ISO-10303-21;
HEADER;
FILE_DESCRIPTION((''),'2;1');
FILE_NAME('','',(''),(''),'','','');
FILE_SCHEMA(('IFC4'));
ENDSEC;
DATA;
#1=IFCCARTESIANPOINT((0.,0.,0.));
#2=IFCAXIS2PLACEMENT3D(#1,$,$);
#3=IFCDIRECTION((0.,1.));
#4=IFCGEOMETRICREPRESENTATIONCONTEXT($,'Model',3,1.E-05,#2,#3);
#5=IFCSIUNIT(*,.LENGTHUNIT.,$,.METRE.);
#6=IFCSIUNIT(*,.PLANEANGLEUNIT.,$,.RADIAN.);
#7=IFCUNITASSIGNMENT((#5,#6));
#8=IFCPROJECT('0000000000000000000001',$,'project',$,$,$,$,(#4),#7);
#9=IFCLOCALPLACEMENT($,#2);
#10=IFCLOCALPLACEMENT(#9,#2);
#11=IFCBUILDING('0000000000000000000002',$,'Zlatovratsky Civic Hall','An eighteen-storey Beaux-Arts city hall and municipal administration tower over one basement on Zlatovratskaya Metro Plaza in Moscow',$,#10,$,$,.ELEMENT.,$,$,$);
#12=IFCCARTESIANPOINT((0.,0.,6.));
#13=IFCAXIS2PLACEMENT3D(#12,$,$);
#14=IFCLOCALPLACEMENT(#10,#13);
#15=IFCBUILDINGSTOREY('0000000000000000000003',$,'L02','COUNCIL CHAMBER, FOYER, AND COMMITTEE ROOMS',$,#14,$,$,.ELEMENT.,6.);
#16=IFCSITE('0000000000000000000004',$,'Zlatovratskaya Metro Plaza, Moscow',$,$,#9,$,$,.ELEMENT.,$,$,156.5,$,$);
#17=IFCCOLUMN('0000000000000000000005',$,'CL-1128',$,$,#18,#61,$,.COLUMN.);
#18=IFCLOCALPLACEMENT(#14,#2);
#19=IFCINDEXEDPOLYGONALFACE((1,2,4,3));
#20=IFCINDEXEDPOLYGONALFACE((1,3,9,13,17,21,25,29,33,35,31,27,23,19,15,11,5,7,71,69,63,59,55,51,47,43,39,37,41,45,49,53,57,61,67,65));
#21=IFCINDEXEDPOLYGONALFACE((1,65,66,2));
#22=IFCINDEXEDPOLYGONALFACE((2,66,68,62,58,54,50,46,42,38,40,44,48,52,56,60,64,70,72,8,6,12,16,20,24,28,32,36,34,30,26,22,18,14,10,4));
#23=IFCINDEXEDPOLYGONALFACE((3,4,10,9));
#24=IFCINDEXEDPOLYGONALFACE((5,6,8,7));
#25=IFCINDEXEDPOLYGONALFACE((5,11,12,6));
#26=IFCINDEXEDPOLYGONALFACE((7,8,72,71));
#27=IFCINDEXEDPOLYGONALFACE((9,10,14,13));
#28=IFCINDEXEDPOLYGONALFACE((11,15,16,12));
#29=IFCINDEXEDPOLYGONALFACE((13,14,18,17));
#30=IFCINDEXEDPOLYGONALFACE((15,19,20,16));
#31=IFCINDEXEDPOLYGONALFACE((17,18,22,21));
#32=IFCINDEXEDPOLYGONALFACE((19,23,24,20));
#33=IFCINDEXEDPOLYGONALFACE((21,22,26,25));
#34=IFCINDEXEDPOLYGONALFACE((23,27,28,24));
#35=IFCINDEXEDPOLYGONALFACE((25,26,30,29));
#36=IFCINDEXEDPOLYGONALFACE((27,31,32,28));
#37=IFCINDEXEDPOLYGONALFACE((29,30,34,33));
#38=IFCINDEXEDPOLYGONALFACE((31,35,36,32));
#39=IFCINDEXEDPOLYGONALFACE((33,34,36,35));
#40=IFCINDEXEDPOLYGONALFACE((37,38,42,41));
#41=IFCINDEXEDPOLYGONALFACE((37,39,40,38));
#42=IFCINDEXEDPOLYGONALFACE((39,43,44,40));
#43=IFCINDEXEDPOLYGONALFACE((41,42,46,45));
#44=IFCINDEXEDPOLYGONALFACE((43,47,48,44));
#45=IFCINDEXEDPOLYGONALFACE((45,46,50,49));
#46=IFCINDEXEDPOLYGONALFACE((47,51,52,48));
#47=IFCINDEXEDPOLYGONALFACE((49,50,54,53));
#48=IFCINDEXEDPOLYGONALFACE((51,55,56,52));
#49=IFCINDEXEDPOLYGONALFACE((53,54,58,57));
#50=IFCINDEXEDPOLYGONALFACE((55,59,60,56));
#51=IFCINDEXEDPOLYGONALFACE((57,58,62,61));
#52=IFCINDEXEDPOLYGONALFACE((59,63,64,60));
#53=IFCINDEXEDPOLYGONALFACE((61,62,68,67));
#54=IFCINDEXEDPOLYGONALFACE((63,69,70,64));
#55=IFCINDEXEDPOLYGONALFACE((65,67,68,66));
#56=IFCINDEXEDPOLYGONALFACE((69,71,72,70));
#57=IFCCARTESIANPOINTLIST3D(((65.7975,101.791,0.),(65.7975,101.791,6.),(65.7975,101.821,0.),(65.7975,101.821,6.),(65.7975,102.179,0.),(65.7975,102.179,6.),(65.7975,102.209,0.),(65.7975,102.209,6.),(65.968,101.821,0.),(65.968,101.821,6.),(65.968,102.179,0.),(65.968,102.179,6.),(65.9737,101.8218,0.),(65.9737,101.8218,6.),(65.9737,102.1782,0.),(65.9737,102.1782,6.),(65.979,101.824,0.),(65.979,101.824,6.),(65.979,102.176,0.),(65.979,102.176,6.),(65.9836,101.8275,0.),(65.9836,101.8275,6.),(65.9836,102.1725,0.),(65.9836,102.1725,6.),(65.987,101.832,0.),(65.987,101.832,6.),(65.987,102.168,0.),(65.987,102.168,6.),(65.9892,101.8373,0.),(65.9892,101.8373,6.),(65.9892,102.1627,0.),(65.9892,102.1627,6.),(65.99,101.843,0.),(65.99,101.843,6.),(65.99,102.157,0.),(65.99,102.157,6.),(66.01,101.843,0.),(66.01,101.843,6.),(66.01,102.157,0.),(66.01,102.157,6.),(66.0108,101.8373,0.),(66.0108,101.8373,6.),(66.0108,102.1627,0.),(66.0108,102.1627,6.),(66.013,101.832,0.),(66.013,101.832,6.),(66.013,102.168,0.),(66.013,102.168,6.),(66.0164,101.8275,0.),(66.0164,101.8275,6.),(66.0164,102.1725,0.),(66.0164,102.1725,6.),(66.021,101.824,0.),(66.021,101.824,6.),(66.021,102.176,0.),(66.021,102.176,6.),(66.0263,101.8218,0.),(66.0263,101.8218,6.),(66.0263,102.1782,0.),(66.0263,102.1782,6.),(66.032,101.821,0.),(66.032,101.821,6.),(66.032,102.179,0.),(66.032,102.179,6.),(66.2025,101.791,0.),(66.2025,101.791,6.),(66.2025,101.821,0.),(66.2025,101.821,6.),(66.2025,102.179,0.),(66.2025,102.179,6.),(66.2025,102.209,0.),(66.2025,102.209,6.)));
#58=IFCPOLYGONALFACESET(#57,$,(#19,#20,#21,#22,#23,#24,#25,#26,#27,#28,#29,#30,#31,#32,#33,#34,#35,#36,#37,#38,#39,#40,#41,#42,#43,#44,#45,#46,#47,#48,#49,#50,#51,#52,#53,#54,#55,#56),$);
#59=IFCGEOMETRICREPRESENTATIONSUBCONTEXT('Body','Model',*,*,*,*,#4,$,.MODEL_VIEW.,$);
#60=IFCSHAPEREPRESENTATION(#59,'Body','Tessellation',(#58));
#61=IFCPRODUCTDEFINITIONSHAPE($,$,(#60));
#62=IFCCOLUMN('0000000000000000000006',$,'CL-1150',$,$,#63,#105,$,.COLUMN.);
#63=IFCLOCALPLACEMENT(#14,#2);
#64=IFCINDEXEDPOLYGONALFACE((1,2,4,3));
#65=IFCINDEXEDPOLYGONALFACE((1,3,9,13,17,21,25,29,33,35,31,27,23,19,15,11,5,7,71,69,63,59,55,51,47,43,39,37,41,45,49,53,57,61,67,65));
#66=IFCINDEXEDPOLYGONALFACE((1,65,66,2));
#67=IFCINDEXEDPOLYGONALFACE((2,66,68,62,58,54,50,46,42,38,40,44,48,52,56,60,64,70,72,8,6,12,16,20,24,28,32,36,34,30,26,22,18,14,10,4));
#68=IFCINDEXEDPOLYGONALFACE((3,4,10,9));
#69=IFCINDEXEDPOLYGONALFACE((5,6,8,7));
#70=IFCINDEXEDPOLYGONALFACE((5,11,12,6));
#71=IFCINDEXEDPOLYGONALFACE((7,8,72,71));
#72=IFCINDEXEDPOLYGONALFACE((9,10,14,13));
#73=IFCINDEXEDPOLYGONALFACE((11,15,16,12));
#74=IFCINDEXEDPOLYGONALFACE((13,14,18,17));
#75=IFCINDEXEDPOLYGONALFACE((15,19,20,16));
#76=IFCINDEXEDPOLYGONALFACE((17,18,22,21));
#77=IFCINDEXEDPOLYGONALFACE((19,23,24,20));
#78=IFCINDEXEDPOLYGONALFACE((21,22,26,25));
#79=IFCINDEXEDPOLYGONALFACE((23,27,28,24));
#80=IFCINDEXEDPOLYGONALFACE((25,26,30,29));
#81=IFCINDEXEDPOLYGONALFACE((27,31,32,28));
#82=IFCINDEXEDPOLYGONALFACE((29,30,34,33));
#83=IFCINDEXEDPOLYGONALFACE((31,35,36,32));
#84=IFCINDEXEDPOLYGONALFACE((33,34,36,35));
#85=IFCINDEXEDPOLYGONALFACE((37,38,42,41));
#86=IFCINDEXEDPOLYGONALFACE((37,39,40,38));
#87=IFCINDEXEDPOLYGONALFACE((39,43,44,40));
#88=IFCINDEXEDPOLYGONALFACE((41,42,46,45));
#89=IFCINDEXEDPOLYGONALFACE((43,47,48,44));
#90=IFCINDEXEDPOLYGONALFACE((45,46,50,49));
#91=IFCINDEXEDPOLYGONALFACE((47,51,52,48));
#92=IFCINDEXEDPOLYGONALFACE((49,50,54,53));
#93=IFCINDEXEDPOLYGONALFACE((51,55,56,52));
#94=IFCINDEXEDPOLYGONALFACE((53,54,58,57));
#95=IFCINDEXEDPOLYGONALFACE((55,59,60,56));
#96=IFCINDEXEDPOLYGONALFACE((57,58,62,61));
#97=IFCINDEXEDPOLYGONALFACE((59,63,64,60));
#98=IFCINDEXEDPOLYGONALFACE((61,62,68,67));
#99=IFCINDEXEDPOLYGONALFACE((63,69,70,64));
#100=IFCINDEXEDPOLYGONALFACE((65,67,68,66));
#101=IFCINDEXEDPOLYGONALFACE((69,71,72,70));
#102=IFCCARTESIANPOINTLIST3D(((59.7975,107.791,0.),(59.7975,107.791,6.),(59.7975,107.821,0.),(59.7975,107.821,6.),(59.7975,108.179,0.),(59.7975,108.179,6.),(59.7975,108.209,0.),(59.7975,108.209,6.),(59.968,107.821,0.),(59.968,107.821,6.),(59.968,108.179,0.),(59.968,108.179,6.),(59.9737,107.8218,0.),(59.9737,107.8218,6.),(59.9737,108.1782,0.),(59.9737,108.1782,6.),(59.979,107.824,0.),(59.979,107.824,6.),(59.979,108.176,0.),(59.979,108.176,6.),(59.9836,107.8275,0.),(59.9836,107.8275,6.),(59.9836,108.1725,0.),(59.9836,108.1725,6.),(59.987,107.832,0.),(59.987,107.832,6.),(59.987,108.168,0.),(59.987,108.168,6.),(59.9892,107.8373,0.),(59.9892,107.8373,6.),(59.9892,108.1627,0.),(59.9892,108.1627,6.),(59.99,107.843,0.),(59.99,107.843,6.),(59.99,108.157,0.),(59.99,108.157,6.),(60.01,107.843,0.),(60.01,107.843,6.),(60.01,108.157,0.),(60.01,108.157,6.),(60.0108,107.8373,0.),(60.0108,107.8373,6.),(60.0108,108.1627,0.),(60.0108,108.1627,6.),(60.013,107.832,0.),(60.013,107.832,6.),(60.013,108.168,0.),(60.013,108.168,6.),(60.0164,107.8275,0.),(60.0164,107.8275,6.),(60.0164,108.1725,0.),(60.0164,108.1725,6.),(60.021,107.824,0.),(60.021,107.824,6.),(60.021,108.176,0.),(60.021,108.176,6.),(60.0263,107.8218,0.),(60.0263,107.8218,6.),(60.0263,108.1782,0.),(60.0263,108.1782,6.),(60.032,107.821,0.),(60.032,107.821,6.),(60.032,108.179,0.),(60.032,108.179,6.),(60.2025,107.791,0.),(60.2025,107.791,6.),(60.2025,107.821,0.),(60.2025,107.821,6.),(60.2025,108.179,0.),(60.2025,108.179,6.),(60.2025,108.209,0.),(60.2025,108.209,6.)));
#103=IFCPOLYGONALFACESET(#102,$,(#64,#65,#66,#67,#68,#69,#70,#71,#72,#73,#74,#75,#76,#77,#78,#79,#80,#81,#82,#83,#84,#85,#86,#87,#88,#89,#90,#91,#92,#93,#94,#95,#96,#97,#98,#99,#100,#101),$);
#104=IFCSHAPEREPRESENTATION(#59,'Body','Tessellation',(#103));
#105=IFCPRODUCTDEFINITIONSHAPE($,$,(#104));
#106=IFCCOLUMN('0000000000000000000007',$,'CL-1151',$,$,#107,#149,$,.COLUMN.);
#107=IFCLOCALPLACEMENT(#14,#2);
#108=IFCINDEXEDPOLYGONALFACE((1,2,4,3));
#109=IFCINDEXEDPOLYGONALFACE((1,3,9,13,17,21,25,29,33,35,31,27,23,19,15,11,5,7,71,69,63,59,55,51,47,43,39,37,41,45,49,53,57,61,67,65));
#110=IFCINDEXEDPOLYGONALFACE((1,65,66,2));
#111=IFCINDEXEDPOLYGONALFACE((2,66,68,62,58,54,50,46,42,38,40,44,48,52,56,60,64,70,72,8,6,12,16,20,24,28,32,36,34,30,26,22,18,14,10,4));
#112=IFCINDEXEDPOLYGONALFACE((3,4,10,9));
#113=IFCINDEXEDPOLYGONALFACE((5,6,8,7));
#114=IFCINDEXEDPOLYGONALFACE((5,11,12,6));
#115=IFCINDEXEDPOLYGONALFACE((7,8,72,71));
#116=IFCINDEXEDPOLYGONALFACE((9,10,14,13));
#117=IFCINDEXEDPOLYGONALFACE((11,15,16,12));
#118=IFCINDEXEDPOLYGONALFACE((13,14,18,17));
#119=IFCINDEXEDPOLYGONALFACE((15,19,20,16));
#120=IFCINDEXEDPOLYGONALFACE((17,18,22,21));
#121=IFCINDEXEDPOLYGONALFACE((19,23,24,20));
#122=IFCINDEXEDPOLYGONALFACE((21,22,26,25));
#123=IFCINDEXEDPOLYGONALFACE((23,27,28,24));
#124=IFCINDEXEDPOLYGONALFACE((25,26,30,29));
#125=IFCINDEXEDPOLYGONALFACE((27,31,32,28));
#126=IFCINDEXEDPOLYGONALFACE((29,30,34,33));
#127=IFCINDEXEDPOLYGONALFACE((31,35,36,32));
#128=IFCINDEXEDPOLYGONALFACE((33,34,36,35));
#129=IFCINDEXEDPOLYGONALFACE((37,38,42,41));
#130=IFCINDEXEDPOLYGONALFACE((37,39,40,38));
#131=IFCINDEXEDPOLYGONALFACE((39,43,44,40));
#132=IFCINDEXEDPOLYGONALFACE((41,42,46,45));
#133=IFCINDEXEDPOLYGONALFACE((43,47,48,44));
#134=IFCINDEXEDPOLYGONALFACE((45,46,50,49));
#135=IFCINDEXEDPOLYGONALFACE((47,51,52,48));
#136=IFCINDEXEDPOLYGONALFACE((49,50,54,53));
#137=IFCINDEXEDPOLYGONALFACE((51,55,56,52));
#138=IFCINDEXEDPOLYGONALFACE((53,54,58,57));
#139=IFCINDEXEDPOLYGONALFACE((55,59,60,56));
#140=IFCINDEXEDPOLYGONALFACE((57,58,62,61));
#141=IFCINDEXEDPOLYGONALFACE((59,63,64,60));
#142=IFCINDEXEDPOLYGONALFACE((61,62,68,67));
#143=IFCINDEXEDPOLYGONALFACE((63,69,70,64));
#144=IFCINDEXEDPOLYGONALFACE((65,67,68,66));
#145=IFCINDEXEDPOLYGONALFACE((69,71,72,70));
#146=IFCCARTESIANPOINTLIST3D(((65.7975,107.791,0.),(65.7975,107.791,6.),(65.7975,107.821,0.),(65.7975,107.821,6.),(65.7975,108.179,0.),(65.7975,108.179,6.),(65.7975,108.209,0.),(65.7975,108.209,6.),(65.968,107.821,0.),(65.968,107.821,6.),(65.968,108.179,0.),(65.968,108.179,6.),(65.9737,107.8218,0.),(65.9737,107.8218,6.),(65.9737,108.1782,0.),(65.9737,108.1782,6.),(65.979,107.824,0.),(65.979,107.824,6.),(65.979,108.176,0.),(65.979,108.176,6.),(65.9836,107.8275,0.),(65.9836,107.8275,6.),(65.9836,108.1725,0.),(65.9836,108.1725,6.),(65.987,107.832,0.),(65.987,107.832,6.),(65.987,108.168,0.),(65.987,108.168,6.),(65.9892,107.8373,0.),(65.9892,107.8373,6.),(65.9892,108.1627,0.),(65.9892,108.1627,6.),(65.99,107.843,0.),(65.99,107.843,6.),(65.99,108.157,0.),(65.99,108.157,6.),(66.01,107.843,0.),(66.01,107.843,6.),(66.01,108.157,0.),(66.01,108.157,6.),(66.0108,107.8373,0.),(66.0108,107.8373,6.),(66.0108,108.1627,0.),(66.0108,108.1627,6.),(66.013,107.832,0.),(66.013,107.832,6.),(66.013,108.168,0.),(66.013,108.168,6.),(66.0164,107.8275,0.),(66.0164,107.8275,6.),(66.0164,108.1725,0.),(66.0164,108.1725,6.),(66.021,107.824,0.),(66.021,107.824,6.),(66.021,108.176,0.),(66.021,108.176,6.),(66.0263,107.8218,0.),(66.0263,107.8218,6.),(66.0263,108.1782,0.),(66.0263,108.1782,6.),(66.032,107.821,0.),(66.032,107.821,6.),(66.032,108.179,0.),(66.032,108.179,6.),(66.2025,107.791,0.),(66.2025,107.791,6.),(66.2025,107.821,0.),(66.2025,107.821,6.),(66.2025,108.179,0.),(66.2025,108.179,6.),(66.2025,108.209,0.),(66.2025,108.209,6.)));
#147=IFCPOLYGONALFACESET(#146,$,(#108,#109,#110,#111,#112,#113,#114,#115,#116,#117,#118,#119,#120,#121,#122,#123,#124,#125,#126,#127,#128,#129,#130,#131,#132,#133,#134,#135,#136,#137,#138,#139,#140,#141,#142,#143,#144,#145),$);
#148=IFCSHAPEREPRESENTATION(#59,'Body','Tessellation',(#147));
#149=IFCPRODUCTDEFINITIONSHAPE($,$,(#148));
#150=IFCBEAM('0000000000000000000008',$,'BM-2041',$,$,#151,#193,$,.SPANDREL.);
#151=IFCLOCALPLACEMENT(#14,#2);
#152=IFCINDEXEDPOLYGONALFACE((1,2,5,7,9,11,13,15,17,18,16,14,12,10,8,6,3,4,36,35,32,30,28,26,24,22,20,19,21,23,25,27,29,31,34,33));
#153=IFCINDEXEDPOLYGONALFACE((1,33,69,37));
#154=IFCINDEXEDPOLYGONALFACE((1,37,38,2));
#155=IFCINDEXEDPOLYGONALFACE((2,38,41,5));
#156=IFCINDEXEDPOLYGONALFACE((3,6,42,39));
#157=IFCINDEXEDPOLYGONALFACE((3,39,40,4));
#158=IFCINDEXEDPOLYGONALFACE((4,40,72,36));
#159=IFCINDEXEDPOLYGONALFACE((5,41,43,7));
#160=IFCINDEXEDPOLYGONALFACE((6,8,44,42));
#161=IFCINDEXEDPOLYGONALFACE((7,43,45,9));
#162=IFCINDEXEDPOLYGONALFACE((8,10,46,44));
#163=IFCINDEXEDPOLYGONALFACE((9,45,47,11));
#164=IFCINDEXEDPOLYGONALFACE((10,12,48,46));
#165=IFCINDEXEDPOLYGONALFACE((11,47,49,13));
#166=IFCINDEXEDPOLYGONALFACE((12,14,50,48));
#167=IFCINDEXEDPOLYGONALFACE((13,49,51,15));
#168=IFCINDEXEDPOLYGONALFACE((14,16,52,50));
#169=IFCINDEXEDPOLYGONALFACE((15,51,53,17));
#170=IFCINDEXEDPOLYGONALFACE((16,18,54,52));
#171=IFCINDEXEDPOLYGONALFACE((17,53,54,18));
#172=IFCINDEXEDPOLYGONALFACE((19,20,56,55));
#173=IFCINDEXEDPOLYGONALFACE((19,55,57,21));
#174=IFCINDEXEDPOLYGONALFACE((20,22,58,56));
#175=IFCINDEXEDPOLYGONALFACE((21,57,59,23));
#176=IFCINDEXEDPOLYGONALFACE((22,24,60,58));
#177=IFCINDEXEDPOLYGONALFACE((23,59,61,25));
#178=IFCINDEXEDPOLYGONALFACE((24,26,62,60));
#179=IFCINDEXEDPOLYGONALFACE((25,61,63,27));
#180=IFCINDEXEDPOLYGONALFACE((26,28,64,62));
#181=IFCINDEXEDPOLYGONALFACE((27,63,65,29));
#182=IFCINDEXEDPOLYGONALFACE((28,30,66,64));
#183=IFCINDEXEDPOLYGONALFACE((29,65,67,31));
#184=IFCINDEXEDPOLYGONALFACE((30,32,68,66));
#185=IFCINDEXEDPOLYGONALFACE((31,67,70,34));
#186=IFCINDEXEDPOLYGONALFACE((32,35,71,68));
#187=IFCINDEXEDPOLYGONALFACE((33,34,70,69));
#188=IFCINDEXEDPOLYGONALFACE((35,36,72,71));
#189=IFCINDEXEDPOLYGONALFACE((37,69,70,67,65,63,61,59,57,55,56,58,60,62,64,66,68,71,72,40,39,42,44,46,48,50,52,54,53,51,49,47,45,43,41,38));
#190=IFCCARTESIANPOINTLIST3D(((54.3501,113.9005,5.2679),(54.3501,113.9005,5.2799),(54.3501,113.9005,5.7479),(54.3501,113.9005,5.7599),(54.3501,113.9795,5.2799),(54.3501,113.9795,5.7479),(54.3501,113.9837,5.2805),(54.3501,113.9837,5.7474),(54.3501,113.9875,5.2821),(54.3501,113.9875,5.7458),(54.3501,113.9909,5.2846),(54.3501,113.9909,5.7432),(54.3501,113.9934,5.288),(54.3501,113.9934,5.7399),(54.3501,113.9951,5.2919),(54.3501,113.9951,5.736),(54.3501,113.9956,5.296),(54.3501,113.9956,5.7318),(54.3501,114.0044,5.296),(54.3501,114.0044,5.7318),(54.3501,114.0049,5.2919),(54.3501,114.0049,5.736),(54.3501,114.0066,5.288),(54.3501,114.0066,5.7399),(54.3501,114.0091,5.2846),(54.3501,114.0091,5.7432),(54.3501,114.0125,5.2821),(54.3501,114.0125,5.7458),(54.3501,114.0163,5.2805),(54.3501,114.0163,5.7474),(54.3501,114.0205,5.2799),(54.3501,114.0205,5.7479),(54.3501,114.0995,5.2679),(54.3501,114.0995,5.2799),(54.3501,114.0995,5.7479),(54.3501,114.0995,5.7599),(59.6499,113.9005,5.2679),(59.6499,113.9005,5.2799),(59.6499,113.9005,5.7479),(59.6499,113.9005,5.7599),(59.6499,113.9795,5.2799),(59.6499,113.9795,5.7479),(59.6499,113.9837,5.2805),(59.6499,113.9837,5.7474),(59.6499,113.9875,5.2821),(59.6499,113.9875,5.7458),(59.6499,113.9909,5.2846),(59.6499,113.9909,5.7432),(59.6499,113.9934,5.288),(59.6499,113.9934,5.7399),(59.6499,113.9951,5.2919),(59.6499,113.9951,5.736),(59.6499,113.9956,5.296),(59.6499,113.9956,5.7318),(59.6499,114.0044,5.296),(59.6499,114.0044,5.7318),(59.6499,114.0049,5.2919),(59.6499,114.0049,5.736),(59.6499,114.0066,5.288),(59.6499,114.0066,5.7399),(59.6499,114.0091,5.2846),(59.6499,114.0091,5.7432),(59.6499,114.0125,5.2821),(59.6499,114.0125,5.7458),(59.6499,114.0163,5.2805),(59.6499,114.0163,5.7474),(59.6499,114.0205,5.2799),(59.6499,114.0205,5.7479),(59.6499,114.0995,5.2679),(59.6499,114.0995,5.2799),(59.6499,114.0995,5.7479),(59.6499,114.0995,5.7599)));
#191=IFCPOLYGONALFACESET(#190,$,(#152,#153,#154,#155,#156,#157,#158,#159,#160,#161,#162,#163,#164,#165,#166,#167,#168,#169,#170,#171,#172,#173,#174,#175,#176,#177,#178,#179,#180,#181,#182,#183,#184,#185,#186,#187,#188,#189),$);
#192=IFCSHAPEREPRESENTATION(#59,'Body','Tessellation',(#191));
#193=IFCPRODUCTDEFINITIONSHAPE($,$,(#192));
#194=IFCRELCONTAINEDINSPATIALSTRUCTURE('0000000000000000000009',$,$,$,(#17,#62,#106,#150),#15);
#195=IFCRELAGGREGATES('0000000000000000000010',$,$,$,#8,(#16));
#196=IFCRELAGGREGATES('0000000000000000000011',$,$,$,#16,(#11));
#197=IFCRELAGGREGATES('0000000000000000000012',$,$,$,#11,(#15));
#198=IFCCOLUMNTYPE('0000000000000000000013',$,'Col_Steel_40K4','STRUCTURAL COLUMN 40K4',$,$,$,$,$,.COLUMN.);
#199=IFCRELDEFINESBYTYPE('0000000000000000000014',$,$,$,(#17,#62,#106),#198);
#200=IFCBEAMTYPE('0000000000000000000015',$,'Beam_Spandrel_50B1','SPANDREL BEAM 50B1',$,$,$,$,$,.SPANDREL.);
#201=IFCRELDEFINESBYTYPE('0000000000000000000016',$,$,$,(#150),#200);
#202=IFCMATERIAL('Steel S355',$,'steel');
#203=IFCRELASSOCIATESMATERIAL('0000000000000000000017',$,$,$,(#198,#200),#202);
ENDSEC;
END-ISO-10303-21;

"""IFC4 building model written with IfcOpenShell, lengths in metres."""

from ifc_helpers import new_model, si_unit, direction, frame, origin, origin_2d, place, context, subcontext, project, spatial, i_section, extrude, material, material_profile, profile_set, type_object, element, save


model = new_model("IFC4")

# Units and contexts
model_context = context("Model", 3, precision=1e-05, world=origin(), true_north=direction((0.0, 1.0)))
body_context = subcontext(model_context, "Body", "Model", "MODEL_VIEW")
ifc_project = project(units=[si_unit("LENGTHUNIT", "METRE"), si_unit("PLANEANGLEUNIT", "RADIAN")], contexts=[model_context])

# Site, building, storey
site_placement = place(None, origin())
site = spatial("IfcSite", under=ifc_project, at=site_placement, Name="Zlatovratskaya Metro Plaza, Moscow", CompositionType="ELEMENT", RefElevation=156.5)
building_placement = place(site_placement, origin())
building = spatial("IfcBuilding", under=site, at=building_placement, Name="Zlatovratsky Civic Hall", Description="An eighteen-storey Beaux-Arts city hall and municipal administration tower over one basement on Zlatovratskaya Metro Plaza in Moscow", CompositionType="ELEMENT")
storey_placement = place(building_placement, frame((0.0, 0.0, 6.0)))
storey = spatial("IfcBuildingStorey", under=building, at=storey_placement, Name="L02", Description="COUNCIL CHAMBER, FOYER, AND COMMITTEE ROOMS", CompositionType="ELEMENT", Elevation=6.0)

# Columns
ifc_material_1 = material(Name="Steel S355", Category="steel")
ifc_material_profile_1 = material_profile(ifc_material_1, i_section(OverallWidth=0.405, OverallDepth=0.418, WebThickness=0.02, FlangeThickness=0.03, FilletRadius=0.022, at=origin_2d()), Name="40K4")
ifc_profile_set_1 = profile_set([ifc_material_profile_1], Name="Steel S355")
column_type_1 = type_object("IfcColumnType", Name="Col_Steel_40K4", Description="STRUCTURAL COLUMN 40K4", PredefinedType="COLUMN", material=ifc_profile_set_1)
for number, where, z_axis, x_axis, name in (
    (1, (66.0, 102.0, 0.0), (0.0, 0.0, 1.0), (1.0, 0.0, 0.0), "CL-1128"),
    (2, (60.0, 108.0, 0.0), (0.0, 0.0, 1.0), (1.0, 0.0, 0.0), "CL-1150"),
    (3, (66.0, 108.0, 0.0), (0.0, 0.0, 1.0), (1.0, 0.0, 0.0), "CL-1151"),
):
    element("IfcColumn", number, at=place(storey_placement, frame(where, z_axis=z_axis, x_axis=x_axis)), inside=storey, type_object=column_type_1, Name=name, PredefinedType="COLUMN", context=body_context, shape_type="SweptSolid", body=[
        extrude(i_section(OverallWidth=0.405, OverallDepth=0.418, WebThickness=0.02, FlangeThickness=0.03, FilletRadius=0.022, at=origin_2d()), origin(), (0.0, 0.0, 1.0), 6.0),
    ])

# Beam
ifc_material_profile_2 = material_profile(ifc_material_1, i_section(OverallWidth=0.199, OverallDepth=0.4919, WebThickness=0.0088, FlangeThickness=0.012, FilletRadius=0.0161, at=origin_2d()), Name="50B1")
ifc_profile_set_2 = profile_set([ifc_material_profile_2], Name="Steel S355")
beam_type_1 = type_object("IfcBeamType", Name="Beam_Spandrel_50B1", Description="SPANDREL BEAM 50B1", PredefinedType="SPANDREL", material=ifc_profile_set_2)
for number, where, z_axis, x_axis, name in (
    (4, (54.3501, 114.0, 5.5139), (1.0, 0.0, 0.0), (0.0, 1.0, 0.0), "BM-2041"),
):
    element("IfcBeam", number, at=place(storey_placement, frame(where, z_axis=z_axis, x_axis=x_axis)), inside=storey, type_object=beam_type_1, Name=name, PredefinedType="SPANDREL", context=body_context, shape_type="SweptSolid", body=[
        extrude(i_section(OverallWidth=0.199, OverallDepth=0.4919, WebThickness=0.0088, FlangeThickness=0.012, FilletRadius=0.0161, at=origin_2d()), origin(), (0.0, 0.0, 1.0), 5.2998),
    ])

save(model, "model.ifc")
